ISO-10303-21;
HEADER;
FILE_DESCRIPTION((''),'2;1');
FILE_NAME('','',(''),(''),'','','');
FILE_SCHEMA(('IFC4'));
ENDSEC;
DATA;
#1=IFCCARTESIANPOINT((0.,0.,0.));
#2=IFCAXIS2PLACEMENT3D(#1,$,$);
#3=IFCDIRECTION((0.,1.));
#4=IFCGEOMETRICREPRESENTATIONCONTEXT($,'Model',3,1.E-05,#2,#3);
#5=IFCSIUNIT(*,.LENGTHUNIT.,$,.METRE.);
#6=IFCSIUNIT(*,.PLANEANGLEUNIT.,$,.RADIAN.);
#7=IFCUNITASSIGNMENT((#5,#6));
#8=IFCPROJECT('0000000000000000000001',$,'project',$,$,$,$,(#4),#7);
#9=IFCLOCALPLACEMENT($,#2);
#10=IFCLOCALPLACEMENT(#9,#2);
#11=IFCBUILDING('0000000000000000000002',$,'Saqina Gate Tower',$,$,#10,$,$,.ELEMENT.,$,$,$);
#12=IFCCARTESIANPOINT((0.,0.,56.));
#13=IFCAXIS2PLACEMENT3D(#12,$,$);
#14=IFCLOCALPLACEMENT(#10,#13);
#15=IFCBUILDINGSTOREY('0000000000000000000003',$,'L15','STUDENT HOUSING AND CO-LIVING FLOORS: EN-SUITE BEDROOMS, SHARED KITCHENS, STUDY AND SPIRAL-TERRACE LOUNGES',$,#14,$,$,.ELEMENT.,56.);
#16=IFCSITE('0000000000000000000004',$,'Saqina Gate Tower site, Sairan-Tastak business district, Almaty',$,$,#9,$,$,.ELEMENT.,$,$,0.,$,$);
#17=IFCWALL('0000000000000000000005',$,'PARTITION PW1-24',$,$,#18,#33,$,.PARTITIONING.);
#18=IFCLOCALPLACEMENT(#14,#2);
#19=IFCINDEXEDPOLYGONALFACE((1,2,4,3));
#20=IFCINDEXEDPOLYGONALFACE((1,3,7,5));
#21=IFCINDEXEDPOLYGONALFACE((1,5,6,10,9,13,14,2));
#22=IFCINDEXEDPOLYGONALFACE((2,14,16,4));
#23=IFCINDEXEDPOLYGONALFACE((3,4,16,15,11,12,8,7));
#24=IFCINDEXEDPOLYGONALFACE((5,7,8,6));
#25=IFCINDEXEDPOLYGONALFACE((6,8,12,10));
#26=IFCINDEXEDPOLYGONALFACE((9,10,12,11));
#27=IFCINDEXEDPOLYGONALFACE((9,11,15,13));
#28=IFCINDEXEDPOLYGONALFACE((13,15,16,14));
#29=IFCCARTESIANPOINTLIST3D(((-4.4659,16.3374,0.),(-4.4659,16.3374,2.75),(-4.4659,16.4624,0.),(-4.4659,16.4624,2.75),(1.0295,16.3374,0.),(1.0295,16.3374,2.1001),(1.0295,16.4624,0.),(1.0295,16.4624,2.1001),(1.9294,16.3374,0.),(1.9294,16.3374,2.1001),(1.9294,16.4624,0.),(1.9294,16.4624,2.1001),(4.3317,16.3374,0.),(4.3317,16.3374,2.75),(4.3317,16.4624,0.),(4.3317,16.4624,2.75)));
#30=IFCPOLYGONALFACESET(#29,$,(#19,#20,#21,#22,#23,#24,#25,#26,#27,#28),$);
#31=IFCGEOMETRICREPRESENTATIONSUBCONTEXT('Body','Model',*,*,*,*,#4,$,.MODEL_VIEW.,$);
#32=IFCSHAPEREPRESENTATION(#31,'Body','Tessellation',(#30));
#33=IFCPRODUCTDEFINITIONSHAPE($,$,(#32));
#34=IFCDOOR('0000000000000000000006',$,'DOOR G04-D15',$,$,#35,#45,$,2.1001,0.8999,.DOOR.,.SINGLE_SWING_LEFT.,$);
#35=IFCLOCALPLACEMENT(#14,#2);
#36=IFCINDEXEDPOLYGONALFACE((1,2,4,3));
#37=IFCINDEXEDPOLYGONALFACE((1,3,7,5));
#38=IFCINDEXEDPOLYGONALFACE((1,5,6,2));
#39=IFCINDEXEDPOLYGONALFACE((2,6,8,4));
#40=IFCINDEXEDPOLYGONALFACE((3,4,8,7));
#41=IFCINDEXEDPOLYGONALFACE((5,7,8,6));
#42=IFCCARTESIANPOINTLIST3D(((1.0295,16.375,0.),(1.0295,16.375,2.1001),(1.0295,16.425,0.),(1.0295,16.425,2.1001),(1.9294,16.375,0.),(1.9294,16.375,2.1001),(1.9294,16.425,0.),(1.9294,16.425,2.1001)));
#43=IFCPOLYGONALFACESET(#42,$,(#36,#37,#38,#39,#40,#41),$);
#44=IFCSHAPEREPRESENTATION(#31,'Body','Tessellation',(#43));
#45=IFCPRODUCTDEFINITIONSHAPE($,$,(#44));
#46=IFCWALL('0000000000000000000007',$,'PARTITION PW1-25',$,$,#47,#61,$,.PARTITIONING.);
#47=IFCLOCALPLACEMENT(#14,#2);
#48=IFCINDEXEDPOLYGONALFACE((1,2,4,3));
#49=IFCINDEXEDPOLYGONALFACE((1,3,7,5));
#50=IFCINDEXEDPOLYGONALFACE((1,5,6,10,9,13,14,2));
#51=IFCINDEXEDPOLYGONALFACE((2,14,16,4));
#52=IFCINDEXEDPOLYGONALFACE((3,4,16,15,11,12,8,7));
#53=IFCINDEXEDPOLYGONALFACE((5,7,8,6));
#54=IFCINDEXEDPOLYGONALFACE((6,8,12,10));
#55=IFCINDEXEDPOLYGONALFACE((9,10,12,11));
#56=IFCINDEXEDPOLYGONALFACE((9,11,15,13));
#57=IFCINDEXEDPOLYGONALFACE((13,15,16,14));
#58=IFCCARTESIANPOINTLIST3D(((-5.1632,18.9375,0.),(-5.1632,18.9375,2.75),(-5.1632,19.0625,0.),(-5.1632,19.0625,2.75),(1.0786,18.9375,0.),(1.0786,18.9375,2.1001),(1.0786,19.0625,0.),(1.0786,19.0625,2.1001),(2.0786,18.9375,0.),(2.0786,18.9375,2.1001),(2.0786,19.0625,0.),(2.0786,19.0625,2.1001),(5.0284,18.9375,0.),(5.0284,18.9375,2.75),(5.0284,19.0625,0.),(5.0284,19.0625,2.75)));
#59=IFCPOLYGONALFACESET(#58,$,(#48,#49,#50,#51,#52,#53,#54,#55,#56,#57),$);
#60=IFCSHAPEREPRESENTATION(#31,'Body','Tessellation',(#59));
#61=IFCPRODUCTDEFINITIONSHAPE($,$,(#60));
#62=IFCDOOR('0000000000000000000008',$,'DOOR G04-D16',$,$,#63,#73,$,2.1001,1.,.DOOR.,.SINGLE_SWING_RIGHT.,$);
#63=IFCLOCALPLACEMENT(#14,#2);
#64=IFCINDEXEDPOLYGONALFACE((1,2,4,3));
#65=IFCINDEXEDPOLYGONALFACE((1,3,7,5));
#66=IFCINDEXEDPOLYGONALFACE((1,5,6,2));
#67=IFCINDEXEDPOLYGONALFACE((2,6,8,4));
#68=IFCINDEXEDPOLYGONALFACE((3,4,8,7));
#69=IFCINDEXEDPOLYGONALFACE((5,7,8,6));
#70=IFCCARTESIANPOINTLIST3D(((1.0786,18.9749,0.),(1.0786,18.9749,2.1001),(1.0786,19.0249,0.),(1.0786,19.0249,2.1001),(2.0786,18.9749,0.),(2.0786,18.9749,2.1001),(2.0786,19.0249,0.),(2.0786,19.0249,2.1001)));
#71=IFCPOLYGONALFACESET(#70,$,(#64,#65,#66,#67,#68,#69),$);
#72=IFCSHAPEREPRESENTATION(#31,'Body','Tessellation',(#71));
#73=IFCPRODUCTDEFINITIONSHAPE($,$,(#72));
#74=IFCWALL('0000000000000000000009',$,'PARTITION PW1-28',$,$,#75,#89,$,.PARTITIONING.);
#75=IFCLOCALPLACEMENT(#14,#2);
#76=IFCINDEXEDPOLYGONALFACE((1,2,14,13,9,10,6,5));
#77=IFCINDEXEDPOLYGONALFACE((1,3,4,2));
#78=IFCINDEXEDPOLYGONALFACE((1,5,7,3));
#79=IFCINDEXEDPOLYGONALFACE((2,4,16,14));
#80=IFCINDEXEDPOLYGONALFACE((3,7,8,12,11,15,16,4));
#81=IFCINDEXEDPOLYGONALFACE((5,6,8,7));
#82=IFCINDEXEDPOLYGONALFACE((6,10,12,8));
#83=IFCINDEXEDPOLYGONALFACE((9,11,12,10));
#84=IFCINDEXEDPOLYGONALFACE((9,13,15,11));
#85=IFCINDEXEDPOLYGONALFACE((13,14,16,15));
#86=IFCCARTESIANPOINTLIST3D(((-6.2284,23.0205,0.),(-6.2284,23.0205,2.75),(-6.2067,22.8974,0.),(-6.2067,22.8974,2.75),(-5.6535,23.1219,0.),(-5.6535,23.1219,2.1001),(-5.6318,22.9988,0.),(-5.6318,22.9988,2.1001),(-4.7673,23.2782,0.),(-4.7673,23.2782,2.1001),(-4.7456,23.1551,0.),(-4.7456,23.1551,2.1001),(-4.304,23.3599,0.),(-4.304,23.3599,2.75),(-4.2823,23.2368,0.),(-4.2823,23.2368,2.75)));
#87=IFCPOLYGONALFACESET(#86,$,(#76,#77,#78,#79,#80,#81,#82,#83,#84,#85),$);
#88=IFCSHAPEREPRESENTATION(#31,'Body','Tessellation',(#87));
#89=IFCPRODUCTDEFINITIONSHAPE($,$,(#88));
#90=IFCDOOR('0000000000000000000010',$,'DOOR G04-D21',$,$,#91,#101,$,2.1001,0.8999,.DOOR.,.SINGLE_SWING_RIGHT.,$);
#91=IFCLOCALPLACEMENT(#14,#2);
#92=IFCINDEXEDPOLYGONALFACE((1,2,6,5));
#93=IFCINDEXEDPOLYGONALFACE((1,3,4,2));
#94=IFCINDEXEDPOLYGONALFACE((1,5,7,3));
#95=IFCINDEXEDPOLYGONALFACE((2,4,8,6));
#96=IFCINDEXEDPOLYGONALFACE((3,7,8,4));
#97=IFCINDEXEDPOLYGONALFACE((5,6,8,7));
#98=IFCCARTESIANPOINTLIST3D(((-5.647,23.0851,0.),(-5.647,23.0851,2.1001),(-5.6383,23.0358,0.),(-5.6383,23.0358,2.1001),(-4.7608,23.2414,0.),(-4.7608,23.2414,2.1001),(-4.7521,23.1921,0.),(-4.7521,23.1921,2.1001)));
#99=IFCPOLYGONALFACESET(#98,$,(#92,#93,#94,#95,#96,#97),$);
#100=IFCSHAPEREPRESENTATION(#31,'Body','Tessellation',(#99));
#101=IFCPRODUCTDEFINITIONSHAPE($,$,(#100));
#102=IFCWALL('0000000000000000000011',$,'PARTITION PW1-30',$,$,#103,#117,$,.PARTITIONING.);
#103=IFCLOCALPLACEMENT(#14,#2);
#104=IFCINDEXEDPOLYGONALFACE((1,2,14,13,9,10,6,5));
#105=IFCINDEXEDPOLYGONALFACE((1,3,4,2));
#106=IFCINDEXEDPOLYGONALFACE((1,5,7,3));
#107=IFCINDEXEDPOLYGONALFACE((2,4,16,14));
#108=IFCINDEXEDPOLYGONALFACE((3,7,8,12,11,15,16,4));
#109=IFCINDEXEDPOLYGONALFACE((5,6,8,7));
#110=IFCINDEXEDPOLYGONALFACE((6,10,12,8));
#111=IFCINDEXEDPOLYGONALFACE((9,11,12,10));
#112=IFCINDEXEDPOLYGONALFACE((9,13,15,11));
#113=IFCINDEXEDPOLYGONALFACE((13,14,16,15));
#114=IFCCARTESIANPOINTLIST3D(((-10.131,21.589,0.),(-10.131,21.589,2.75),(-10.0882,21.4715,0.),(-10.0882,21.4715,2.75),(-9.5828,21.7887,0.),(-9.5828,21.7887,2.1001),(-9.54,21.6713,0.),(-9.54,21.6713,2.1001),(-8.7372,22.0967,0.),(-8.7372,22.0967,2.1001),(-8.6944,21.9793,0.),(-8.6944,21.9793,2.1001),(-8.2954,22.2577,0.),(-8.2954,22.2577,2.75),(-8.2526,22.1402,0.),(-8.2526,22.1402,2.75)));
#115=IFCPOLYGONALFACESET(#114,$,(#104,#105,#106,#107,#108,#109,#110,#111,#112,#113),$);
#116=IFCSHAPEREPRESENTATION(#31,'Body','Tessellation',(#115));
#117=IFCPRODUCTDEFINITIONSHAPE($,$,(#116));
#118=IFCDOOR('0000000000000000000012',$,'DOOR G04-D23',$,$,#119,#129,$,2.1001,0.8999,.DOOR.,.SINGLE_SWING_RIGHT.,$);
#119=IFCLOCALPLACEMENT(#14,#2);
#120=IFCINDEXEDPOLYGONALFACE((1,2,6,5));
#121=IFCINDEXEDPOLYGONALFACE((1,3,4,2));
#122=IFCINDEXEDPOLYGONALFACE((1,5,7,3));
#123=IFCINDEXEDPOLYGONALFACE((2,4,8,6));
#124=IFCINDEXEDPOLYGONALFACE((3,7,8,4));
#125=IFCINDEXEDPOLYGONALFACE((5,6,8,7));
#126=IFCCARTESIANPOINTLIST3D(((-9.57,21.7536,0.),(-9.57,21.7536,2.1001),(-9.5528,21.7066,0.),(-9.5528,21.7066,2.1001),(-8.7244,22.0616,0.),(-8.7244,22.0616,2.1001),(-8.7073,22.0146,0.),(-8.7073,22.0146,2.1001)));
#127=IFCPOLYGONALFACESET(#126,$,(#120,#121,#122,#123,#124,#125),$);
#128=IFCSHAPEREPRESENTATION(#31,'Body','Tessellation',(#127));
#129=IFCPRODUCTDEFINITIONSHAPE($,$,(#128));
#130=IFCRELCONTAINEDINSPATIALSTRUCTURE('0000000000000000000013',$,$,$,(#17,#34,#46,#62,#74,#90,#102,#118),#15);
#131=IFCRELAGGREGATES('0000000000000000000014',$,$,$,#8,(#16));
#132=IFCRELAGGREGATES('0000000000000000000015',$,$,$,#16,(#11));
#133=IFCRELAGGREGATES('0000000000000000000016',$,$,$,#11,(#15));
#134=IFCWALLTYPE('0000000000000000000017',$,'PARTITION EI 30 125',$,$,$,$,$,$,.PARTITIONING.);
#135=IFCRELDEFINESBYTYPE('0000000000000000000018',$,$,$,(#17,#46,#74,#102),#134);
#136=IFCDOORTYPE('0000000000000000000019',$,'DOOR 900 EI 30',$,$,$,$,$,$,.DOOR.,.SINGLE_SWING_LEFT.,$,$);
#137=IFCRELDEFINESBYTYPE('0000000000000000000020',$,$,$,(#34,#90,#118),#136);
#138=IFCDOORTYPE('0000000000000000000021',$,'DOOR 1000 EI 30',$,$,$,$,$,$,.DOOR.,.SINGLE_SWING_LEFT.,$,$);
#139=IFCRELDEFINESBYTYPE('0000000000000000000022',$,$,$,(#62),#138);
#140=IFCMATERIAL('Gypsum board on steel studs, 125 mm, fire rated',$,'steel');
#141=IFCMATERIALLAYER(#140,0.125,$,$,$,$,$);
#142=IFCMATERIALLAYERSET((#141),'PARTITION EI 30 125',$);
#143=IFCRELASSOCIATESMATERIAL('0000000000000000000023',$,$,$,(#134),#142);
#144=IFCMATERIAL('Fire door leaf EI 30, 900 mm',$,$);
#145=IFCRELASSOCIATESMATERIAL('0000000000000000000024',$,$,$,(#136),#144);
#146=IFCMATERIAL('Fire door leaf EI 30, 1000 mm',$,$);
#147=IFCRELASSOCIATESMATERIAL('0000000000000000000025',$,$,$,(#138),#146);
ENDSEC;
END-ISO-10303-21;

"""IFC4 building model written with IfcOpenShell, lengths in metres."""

from ifc_helpers import new_model, si_unit, direction, frame, frame_2d, origin, place, context, subcontext, project, spatial, rectangle, extrude, material, layer, layer_set, type_object, element, fill, save


model = new_model("IFC4")

# Units and contexts
model_context = context("Model", 3, precision=1e-05, world=origin(), true_north=direction((0.0, 1.0)))
body_context = subcontext(model_context, "Body", "Model", "MODEL_VIEW")
ifc_project = project(units=[si_unit("LENGTHUNIT", "METRE"), si_unit("PLANEANGLEUNIT", "RADIAN")], contexts=[model_context])

# Site, building, storey
site_placement = place(None, origin())
site = spatial("IfcSite", under=ifc_project, at=site_placement, Name="Saqina Gate Tower site, Sairan-Tastak business district, Almaty", CompositionType="ELEMENT", RefElevation=0.0)
building_placement = place(site_placement, origin())
building = spatial("IfcBuilding", under=site, at=building_placement, Name="Saqina Gate Tower", CompositionType="ELEMENT")
storey_placement = place(building_placement, frame((0.0, 0.0, 56.0)))
storey = spatial("IfcBuildingStorey", under=building, at=storey_placement, Name="L15", Description="STUDENT HOUSING AND CO-LIVING FLOORS: EN-SUITE BEDROOMS, SHARED KITCHENS, STUDY AND SPIRAL-TERRACE LOUNGES", CompositionType="ELEMENT", Elevation=56.0)

# Walls, openings, doors
ifc_material_1 = material(Name="Gypsum board on steel studs, 125 mm, fire rated", Category="steel")
ifc_layer_1 = layer(ifc_material_1, 0.125)
ifc_layer_set_1 = layer_set([ifc_layer_1], Name="PARTITION EI 30 125")
wall_type_1 = type_object("IfcWallType", Name="PARTITION EI 30 125", PredefinedType="PARTITIONING", material=ifc_layer_set_1)
wall_1_placement = place(storey_placement, frame((-4.4661, 16.3999, 0.0), z_axis=(0.0, 0.0, 1.0), x_axis=(1.0, 0.0, 0.0)))
wall_1 = element("IfcWall", 1, at=wall_1_placement, inside=storey, type_object=wall_type_1, Name="PARTITION PW1-24", PredefinedType="PARTITIONING", context=body_context, shape_type="SweptSolid", body=[
    extrude(rectangle(XDim=8.7976, YDim=0.125, at=frame_2d((4.3989, 0.0))), origin(), (0.0, 0.0, 1.0), 2.75),
])
opening_1_placement = place(wall_1_placement, frame((5.4956, 0.0, 0.0)))
opening_1 = element("IfcOpeningElement", 2, at=opening_1_placement, cuts=wall_1, PredefinedType="OPENING", context=body_context, shape_type="SweptSolid", body=[
    extrude(rectangle(XDim=0.8999, YDim=2.1001, at=frame_2d((0.45, 1.05))), frame((0.0, 0.0745, 0.0), z_axis=(0.0, -1.0, 0.0), x_axis=(1.0, 0.0, 0.0)), (0.0, 0.0, 1.0), 0.1489),
])
ifc_material_2 = material(Name="Fire door leaf EI 30, 900 mm")
door_type_1 = type_object("IfcDoorType", Name="DOOR 900 EI 30", OperationType="SINGLE_SWING_LEFT", PredefinedType="DOOR", material=ifc_material_2)
door_1_placement = place(opening_1_placement, frame((0.8999, 0.0, 0.0), z_axis=(0.0, 0.0, 1.0), x_axis=(-1.0, 0.0, 0.0)))
door_1 = element("IfcDoor", 3, at=door_1_placement, inside=storey, type_object=door_type_1, Name="DOOR G04-D15", OperationType="SINGLE_SWING_LEFT", OverallHeight=2.1001, OverallWidth=0.8999, PredefinedType="DOOR", context=body_context, shape_type="SweptSolid", body=[
    extrude(rectangle(XDim=0.8999, YDim=2.1001, at=frame_2d((0.45, 1.05))), frame((0.0, 0.0249, 0.0), z_axis=(0.0, -1.0, 0.0), x_axis=(1.0, 0.0, 0.0)), (0.0, 0.0, 1.0), 0.05),
])
fill(opening_1, door_1)
wall_2_placement = place(storey_placement, frame((-5.1631, 19.0, 0.0), z_axis=(0.0, 0.0, 1.0), x_axis=(1.0, 0.0, 0.0)))
wall_2 = element("IfcWall", 4, at=wall_2_placement, inside=storey, type_object=wall_type_1, Name="PARTITION PW1-25", PredefinedType="PARTITIONING", context=body_context, shape_type="SweptSolid", body=[
    extrude(rectangle(XDim=10.1917, YDim=0.125, at=frame_2d((5.0957, 0.0))), origin(), (0.0, 0.0, 1.0), 2.75),
])
opening_2_placement = place(wall_2_placement, frame((6.2417, 0.0, 0.0)))
opening_2 = element("IfcOpeningElement", 5, at=opening_2_placement, cuts=wall_2, PredefinedType="OPENING", context=body_context, shape_type="SweptSolid", body=[
    extrude(rectangle(XDim=1.0, YDim=2.1001, at=frame_2d((0.5, 1.05))), frame((0.0, 0.0745, 0.0), z_axis=(0.0, -1.0, 0.0), x_axis=(1.0, 0.0, 0.0)), (0.0, 0.0, 1.0), 0.1489),
])
ifc_material_3 = material(Name="Fire door leaf EI 30, 1000 mm")
door_type_2 = type_object("IfcDoorType", Name="DOOR 1000 EI 30", OperationType="SINGLE_SWING_LEFT", PredefinedType="DOOR", material=ifc_material_3)
door_2_placement = place(opening_2_placement, origin())
door_2 = element("IfcDoor", 6, at=door_2_placement, inside=storey, type_object=door_type_2, Name="DOOR G04-D16", OperationType="SINGLE_SWING_RIGHT", OverallHeight=2.1001, OverallWidth=1.0, PredefinedType="DOOR", context=body_context, shape_type="SweptSolid", body=[
    extrude(rectangle(XDim=1.0, YDim=2.1001, at=frame_2d((0.5, 1.05))), frame((0.0, 0.0249, 0.0), z_axis=(0.0, -1.0, 0.0), x_axis=(1.0, 0.0, 0.0)), (0.0, 0.0, 1.0), 0.05),
])
fill(opening_2, door_2)
wall_3_placement = place(storey_placement, frame((-6.2175, 22.959, 0.0), z_axis=(0.0, 0.0, 1.0), x_axis=(0.984804, 0.173671, 0.0)))
wall_3 = element("IfcWall", 7, at=wall_3_placement, inside=storey, type_object=wall_type_1, Name="PARTITION PW1-28", PredefinedType="PARTITIONING", context=body_context, shape_type="SweptSolid", body=[
    extrude(rectangle(XDim=1.9541, YDim=0.125, at=frame_2d((0.9771, 0.0))), origin(), (0.0, 0.0, 1.0), 2.75),
])
opening_3_placement = place(wall_3_placement, frame((0.5837, 0.0, 0.0)))
opening_3 = element("IfcOpeningElement", 8, at=opening_3_placement, cuts=wall_3, PredefinedType="OPENING", context=body_context, shape_type="SweptSolid", body=[
    extrude(rectangle(XDim=0.8999, YDim=2.1001, at=frame_2d((0.45, 1.05))), frame((0.0, 0.0745, 0.0), z_axis=(0.0, -1.0, 0.0), x_axis=(1.0, 0.0, 0.0)), (0.0, 0.0, 1.0), 0.1489),
])
door_3_placement = place(opening_3_placement, frame((0.8999, 0.0, 0.0), z_axis=(0.0, 0.0, 1.0), x_axis=(-1.0, 0.0, 0.0)))
door_3 = element("IfcDoor", 9, at=door_3_placement, inside=storey, type_object=door_type_1, Name="DOOR G04-D21", OperationType="SINGLE_SWING_RIGHT", OverallHeight=2.1001, OverallWidth=0.8999, PredefinedType="DOOR", context=body_context, shape_type="SweptSolid", body=[
    extrude(rectangle(XDim=0.8999, YDim=2.1001, at=frame_2d((0.45, 1.05))), frame((0.0, 0.0249, 0.0), z_axis=(0.0, -1.0, 0.0), x_axis=(1.0, 0.0, 0.0)), (0.0, 0.0, 1.0), 0.05),
])
fill(opening_3, door_3)
wall_4_placement = place(storey_placement, frame((-10.1096, 21.5303, 0.0), z_axis=(0.0, 0.0, 1.0), x_axis=(0.9396, 0.342275, 0.0)))
wall_4 = element("IfcWall", 10, at=wall_4_placement, inside=storey, type_object=wall_type_1, Name="PARTITION PW1-30", PredefinedType="PARTITIONING", context=body_context, shape_type="SweptSolid", body=[
    extrude(rectangle(XDim=1.9536, YDim=0.125, at=frame_2d((0.9768, 0.0))), origin(), (0.0, 0.0, 1.0), 2.75),
])
opening_4_placement = place(wall_4_placement, frame((0.5835, 0.0, 0.0)))
opening_4 = element("IfcOpeningElement", 11, at=opening_4_placement, cuts=wall_4, PredefinedType="OPENING", context=body_context, shape_type="SweptSolid", body=[
    extrude(rectangle(XDim=0.8999, YDim=2.1001, at=frame_2d((0.45, 1.05))), frame((0.0, 0.0745, 0.0), z_axis=(0.0, -1.0, 0.0), x_axis=(1.0, 0.0, 0.0)), (0.0, 0.0, 1.0), 0.1489),
])
door_4_placement = place(opening_4_placement, frame((0.8999, 0.0, 0.0), z_axis=(0.0, 0.0, 1.0), x_axis=(-1.0, 0.0, 0.0)))
door_4 = element("IfcDoor", 12, at=door_4_placement, inside=storey, type_object=door_type_1, Name="DOOR G04-D23", OperationType="SINGLE_SWING_RIGHT", OverallHeight=2.1001, OverallWidth=0.8999, PredefinedType="DOOR", context=body_context, shape_type="SweptSolid", body=[
    extrude(rectangle(XDim=0.8999, YDim=2.1001, at=frame_2d((0.45, 1.05))), frame((0.0, 0.0249, 0.0), z_axis=(0.0, -1.0, 0.0), x_axis=(1.0, 0.0, 0.0)), (0.0, 0.0, 1.0), 0.05),
])
fill(opening_4, door_4)

save(model, "model.ifc")
